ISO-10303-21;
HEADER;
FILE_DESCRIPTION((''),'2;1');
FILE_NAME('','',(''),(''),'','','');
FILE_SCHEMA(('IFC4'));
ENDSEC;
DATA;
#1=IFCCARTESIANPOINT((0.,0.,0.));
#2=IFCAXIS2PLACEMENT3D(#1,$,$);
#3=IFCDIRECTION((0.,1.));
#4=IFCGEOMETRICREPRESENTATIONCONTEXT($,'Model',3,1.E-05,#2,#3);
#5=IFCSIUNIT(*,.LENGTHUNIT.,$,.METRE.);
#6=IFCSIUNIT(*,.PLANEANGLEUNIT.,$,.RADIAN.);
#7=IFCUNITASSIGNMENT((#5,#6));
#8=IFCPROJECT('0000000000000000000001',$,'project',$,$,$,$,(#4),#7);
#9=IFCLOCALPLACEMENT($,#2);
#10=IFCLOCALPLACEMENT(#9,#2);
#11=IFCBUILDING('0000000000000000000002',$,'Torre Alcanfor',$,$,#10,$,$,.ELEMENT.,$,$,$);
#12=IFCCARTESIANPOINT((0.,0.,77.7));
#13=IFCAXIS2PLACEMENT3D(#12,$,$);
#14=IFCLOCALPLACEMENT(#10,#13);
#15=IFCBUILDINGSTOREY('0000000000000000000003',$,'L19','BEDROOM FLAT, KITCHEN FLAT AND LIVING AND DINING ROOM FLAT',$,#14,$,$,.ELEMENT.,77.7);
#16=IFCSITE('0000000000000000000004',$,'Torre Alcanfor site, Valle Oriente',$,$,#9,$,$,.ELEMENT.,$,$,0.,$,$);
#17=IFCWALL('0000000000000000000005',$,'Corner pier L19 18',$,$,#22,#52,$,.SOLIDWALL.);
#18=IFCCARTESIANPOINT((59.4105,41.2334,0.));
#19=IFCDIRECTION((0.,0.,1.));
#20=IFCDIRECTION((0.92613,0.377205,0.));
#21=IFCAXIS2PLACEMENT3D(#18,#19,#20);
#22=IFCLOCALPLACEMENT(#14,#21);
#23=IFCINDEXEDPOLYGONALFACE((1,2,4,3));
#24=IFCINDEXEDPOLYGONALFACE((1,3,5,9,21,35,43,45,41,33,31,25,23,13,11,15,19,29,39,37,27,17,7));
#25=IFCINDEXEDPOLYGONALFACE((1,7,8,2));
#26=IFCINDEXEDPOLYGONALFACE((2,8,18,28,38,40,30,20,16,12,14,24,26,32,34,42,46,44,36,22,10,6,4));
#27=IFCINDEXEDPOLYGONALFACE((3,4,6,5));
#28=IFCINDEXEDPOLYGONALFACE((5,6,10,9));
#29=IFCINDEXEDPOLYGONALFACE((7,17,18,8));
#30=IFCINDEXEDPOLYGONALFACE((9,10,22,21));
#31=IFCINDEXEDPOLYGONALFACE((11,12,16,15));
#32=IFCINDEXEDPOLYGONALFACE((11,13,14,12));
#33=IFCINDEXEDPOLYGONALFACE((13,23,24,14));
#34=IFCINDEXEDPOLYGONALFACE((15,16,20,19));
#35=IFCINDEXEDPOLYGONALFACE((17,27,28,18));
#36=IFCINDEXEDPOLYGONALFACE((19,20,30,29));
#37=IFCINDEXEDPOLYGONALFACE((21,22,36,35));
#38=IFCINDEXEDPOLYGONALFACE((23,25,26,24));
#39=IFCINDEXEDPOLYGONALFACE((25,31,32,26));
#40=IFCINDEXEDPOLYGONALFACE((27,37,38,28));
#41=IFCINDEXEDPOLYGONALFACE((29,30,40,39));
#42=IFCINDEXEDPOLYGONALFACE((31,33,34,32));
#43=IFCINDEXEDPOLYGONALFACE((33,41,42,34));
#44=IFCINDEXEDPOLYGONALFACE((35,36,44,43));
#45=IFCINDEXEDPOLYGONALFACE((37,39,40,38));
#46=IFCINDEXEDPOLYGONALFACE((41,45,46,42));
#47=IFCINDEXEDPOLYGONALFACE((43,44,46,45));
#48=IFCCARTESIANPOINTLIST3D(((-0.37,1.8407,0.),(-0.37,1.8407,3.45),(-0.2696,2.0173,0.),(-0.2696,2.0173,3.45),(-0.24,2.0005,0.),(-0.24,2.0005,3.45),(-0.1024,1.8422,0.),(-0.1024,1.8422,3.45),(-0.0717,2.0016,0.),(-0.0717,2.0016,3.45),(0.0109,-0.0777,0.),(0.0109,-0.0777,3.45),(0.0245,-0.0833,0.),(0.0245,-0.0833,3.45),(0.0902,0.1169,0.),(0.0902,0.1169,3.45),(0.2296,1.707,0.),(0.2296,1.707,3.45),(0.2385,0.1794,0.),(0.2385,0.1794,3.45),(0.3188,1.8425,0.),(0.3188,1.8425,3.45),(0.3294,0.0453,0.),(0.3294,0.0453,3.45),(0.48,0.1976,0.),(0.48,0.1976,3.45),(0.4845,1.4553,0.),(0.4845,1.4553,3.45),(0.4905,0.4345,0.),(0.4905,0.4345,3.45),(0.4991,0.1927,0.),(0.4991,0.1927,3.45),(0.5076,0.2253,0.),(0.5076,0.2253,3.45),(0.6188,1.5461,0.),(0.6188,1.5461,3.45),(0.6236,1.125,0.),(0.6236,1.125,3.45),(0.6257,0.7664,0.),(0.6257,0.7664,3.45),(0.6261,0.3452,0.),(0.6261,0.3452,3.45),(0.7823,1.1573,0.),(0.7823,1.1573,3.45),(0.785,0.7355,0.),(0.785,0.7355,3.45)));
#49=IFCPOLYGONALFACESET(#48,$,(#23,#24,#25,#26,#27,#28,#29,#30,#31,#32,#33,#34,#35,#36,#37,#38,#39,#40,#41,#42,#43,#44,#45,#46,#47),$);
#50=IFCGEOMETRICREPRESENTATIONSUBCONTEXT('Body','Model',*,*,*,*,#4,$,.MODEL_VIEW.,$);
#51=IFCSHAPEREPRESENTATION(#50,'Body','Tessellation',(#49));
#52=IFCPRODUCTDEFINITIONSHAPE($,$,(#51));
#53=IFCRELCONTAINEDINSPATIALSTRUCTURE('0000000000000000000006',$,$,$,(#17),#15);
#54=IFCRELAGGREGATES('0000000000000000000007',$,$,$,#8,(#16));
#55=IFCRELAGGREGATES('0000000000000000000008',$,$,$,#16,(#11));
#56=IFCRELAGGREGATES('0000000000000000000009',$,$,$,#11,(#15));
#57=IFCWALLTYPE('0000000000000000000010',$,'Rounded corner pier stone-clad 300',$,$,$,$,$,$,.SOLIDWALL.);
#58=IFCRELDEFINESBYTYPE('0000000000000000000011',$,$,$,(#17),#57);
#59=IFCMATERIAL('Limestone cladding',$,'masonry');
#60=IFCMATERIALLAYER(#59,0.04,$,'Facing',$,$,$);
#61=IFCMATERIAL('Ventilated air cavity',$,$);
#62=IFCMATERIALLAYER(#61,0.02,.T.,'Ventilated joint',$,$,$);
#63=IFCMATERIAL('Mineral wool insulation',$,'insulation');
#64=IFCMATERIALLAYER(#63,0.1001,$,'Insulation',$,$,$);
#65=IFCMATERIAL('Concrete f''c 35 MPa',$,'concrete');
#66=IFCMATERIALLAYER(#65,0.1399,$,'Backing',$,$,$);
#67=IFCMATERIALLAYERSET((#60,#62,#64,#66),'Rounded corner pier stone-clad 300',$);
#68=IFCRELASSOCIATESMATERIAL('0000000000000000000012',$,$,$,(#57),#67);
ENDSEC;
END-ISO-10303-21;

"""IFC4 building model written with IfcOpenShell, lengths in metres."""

from ifc_helpers import new_model, si_unit, direction, frame, origin, place, context, subcontext, project, spatial, polyline, outline, extrude, material, layer, layer_set, type_object, element, save


model = new_model("IFC4")

# Units and contexts
model_context = context("Model", 3, precision=1e-05, world=origin(), true_north=direction((0.0, 1.0)))
body_context = subcontext(model_context, "Body", "Model", "MODEL_VIEW")
ifc_project = project(units=[si_unit("LENGTHUNIT", "METRE"), si_unit("PLANEANGLEUNIT", "RADIAN")], contexts=[model_context])

# Site, building, storey
site_placement = place(None, origin())
site = spatial("IfcSite", under=ifc_project, at=site_placement, Name="Torre Alcanfor site, Valle Oriente", CompositionType="ELEMENT", RefElevation=0.0)
building_placement = place(site_placement, origin())
building = spatial("IfcBuilding", under=site, at=building_placement, Name="Torre Alcanfor", CompositionType="ELEMENT")
storey_placement = place(building_placement, frame((0.0, 0.0, 77.7)))
storey = spatial("IfcBuildingStorey", under=building, at=storey_placement, Name="L19", Description="BEDROOM FLAT, KITCHEN FLAT AND LIVING AND DINING ROOM FLAT", CompositionType="ELEMENT", Elevation=77.7)

# Wall
ifc_material_1 = material(Name="Limestone cladding", Category="masonry")
ifc_layer_1 = layer(ifc_material_1, 0.04, Name="Facing")
ifc_material_2 = material(Name="Ventilated air cavity")
ifc_layer_2 = layer(ifc_material_2, 0.02, ventilated=True, Name="Ventilated joint")
ifc_material_3 = material(Name="Mineral wool insulation", Category="insulation")
ifc_layer_3 = layer(ifc_material_3, 0.1001, Name="Insulation")
ifc_material_4 = material(Name="Concrete f'c 35 MPa", Category="concrete")
ifc_layer_4 = layer(ifc_material_4, 0.1399, Name="Backing")
ifc_layer_set_1 = layer_set([ifc_layer_1, ifc_layer_2, ifc_layer_3, ifc_layer_4], Name="Rounded corner pier stone-clad 300")
wall_type_1 = type_object("IfcWallType", Name="Rounded corner pier stone-clad 300", PredefinedType="SOLIDWALL", material=ifc_layer_set_1)
wall_1_placement = place(storey_placement, frame((59.4105, 41.2334, 0.0), z_axis=(0.0, 0.0, 1.0), x_axis=(0.92613, 0.377205, 0.0)))
element("IfcWall", 1, at=wall_1_placement, inside=storey, type_object=wall_type_1, Name="Corner pier L19 18", PredefinedType="SOLIDWALL", context=body_context, shape_type="SweptSolid", body=[
    extrude(outline(polyline([(0.6261, 0.3452), (0.785, 0.7355), (0.7823, 1.1573), (0.6188, 1.5461), (0.3188, 1.8425), (-0.0717, 2.0016), (-0.24, 2.0005), (-0.2696, 2.0173), (-0.37, 1.8407), (-0.1024, 1.8422), (0.2296, 1.707), (0.4845, 1.4553), (0.6236, 1.125), (0.6257, 0.7664), (0.4905, 0.4345), (0.2385, 0.1794), (0.0902, 0.1169), (0.0109, -0.0777), (0.0245, -0.0833), (0.3294, 0.0453), (0.48, 0.1976), (0.4991, 0.1927), (0.5076, 0.2253), (0.6261, 0.3452)])), origin(), (0.0, 0.0, 1.0), 3.45),
])

save(model, "model.ifc")
